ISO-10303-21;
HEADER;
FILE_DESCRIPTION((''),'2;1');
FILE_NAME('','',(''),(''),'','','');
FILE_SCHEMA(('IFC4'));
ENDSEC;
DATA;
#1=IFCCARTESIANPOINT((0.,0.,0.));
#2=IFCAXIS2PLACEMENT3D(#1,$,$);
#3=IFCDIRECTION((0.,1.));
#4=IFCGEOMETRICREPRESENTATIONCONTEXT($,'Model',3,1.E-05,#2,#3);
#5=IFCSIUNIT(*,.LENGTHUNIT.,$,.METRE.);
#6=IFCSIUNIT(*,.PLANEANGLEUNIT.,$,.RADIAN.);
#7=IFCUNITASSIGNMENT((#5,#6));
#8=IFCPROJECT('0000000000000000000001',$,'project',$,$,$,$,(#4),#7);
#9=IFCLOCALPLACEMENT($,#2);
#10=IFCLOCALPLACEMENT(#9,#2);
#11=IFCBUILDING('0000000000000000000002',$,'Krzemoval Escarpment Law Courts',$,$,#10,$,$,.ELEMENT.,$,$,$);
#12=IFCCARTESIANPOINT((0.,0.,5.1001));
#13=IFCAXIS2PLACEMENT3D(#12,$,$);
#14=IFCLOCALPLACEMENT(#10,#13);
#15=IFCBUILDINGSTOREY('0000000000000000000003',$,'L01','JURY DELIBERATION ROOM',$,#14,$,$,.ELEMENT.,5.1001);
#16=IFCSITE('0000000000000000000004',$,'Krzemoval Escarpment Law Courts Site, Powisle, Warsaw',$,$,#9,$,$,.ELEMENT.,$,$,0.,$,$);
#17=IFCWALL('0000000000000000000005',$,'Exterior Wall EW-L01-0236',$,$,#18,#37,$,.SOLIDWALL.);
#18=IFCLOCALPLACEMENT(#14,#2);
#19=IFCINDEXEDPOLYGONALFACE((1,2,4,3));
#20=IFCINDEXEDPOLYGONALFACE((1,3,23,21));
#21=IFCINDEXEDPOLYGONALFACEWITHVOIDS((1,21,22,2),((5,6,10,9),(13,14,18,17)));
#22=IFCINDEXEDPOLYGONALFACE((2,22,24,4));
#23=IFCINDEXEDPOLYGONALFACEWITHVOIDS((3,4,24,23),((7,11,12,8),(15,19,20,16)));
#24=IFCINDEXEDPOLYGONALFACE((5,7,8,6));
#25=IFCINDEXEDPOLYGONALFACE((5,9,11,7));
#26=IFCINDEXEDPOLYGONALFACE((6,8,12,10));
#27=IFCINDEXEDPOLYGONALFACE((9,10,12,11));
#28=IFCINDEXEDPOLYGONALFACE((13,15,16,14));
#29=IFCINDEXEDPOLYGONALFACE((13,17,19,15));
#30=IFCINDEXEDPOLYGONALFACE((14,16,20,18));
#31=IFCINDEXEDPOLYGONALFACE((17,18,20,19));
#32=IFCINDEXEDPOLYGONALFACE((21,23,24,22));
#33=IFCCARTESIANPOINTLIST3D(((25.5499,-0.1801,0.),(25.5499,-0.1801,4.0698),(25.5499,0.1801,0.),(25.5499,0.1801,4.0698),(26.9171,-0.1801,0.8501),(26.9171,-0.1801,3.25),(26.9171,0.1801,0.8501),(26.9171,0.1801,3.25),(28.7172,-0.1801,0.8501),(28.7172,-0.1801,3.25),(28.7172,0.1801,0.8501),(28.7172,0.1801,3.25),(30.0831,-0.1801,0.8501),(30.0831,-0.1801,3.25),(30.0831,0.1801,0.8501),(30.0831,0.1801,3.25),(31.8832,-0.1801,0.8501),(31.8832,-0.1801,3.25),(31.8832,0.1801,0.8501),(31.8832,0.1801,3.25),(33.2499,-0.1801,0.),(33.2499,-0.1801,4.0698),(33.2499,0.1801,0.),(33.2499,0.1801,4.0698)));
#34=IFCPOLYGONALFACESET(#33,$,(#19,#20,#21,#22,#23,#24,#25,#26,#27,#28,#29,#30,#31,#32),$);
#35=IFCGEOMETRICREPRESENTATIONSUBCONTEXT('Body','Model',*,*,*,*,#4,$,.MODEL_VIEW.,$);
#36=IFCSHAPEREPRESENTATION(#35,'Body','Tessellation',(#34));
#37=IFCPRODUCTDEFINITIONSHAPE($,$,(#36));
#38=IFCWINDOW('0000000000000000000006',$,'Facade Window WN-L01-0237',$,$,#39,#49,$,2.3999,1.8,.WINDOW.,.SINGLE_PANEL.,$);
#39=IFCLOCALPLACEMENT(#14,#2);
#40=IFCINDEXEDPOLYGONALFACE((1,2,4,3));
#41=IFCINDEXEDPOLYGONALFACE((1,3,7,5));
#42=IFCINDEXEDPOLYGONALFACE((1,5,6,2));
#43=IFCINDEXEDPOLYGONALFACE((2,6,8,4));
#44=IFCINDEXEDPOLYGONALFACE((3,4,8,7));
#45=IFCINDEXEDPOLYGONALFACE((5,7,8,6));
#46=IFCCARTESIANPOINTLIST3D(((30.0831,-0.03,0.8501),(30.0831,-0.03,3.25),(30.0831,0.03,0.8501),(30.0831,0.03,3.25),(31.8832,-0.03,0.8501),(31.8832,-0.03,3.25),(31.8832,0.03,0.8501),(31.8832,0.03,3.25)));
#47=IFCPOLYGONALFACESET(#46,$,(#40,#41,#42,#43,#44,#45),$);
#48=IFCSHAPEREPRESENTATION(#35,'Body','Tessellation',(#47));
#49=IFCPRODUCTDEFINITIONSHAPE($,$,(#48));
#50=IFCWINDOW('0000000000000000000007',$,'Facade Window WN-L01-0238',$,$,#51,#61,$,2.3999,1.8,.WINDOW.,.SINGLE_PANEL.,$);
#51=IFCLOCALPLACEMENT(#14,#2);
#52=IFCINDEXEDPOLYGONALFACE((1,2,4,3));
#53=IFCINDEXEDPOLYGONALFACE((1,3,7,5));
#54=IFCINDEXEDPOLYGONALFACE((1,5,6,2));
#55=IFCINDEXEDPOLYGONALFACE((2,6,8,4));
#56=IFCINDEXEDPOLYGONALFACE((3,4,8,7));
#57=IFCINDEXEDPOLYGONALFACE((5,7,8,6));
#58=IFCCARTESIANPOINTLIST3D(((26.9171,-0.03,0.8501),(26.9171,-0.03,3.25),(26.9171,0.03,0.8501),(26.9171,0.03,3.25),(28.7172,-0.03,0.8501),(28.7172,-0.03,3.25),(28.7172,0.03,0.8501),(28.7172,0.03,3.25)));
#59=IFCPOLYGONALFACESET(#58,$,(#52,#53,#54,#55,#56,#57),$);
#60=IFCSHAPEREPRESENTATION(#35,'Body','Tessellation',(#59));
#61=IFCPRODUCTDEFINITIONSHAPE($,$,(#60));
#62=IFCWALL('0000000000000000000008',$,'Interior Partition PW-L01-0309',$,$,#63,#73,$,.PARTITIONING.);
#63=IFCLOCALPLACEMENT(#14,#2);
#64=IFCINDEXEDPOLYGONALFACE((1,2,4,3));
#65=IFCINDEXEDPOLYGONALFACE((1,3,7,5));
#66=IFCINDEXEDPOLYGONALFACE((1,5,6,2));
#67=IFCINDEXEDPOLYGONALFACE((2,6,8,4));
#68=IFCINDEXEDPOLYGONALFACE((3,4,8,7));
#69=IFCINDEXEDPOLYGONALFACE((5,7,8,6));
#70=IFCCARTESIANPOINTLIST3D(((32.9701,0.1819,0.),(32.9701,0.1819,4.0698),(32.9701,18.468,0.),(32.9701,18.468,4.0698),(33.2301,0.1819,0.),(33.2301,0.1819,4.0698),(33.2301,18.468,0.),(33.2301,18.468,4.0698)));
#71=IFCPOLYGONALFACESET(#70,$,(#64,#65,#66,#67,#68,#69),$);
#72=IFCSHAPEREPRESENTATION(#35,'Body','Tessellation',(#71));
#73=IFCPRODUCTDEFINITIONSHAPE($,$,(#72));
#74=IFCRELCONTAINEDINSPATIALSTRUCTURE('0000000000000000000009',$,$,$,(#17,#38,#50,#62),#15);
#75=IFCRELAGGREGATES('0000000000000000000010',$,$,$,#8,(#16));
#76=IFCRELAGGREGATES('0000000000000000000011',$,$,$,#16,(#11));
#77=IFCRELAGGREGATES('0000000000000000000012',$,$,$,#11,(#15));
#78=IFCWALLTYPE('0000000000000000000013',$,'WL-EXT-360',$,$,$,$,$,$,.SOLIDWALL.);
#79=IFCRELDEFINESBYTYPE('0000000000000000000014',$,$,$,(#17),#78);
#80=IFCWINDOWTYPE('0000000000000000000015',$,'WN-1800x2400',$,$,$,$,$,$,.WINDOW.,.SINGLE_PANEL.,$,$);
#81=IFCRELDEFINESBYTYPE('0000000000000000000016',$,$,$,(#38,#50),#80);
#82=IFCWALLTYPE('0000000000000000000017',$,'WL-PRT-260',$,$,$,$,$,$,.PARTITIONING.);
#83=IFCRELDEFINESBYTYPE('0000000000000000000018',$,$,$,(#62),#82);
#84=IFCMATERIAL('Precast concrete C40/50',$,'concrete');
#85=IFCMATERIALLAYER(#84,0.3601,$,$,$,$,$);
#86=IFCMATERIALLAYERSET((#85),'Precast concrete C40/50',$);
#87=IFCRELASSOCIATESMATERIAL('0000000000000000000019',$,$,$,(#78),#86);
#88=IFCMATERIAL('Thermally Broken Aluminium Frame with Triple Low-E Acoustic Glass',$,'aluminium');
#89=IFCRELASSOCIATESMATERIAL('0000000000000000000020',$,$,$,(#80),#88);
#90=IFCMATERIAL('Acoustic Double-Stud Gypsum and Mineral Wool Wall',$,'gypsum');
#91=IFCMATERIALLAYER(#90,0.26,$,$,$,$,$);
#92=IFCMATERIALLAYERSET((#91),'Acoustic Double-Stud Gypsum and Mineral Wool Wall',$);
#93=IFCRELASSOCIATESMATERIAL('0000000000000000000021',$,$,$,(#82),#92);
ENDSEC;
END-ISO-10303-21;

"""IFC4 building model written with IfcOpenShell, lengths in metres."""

from ifc_helpers import new_model, si_unit, direction, frame, frame_2d, origin, place, context, subcontext, project, spatial, rectangle, extrude, material, layer, layer_set, type_object, element, fill, save


model = new_model("IFC4")

# Units and contexts
model_context = context("Model", 3, precision=1e-05, world=origin(), true_north=direction((0.0, 1.0)))
body_context = subcontext(model_context, "Body", "Model", "MODEL_VIEW")
ifc_project = project(units=[si_unit("LENGTHUNIT", "METRE"), si_unit("PLANEANGLEUNIT", "RADIAN")], contexts=[model_context])

# Site, building, storey
site_placement = place(None, origin())
site = spatial("IfcSite", under=ifc_project, at=site_placement, Name="Krzemoval Escarpment Law Courts Site, Powisle, Warsaw", CompositionType="ELEMENT", RefElevation=0.0)
building_placement = place(site_placement, origin())
building = spatial("IfcBuilding", under=site, at=building_placement, Name="Krzemoval Escarpment Law Courts", CompositionType="ELEMENT")
storey_placement = place(building_placement, frame((0.0, 0.0, 5.1001)))
storey = spatial("IfcBuildingStorey", under=building, at=storey_placement, Name="L01", Description="JURY DELIBERATION ROOM", CompositionType="ELEMENT", Elevation=5.1001)

# Shared definitions
ifc_material_1 = material(Name="Precast concrete C40/50", Category="concrete")
ifc_layer_1 = layer(ifc_material_1, 0.3601)
ifc_layer_set_1 = layer_set([ifc_layer_1], Name="Precast concrete C40/50")
wall_type_1 = type_object("IfcWallType", Name="WL-EXT-360", PredefinedType="SOLIDWALL", material=ifc_layer_set_1)

# Wall, openings, windows
wall_1_placement = place(storey_placement, frame((33.25, 0.0, 0.0), z_axis=(0.0, 0.0, 1.0), x_axis=(-1.0, 0.0, 0.0)))
wall_1 = element("IfcWall", 1, at=wall_1_placement, inside=storey, type_object=wall_type_1, Name="Exterior Wall EW-L01-0236", PredefinedType="SOLIDWALL", context=body_context, shape_type="SweptSolid", body=[
    extrude(rectangle(XDim=7.7, YDim=0.3601, at=frame_2d((3.8501, 0.0))), origin(), (0.0, 0.0, 1.0), 4.0698),
])
opening_1_placement = place(wall_1_placement, frame((1.3669, 0.0, 0.8501)))
opening_1 = element("IfcOpeningElement", 2, at=opening_1_placement, cuts=wall_1, PredefinedType="OPENING", context=body_context, shape_type="SweptSolid", body=[
    extrude(rectangle(XDim=1.8, YDim=2.3999, at=frame_2d((0.8999, 1.2))), frame((0.0, 0.1951, 0.0), z_axis=(0.0, -1.0, 0.0), x_axis=(1.0, 0.0, 0.0)), (0.0, 0.0, 1.0), 0.3901),
])
opening_2_placement = place(wall_1_placement, frame((4.533, 0.0, 0.8501)))
opening_2 = element("IfcOpeningElement", 3, at=opening_2_placement, cuts=wall_1, PredefinedType="OPENING", context=body_context, shape_type="SweptSolid", body=[
    extrude(rectangle(XDim=1.8, YDim=2.3999, at=frame_2d((0.8999, 1.2))), frame((0.0, 0.1951, 0.0), z_axis=(0.0, -1.0, 0.0), x_axis=(1.0, 0.0, 0.0)), (0.0, 0.0, 1.0), 0.3901),
])
ifc_material_2 = material(Name="Thermally Broken Aluminium Frame with Triple Low-E Acoustic Glass", Category="aluminium")
window_type_1 = type_object("IfcWindowType", Name="WN-1800x2400", PartitioningType="SINGLE_PANEL", PredefinedType="WINDOW", material=ifc_material_2)
window_1_placement = place(opening_1_placement, origin())
window_1 = element("IfcWindow", 4, at=window_1_placement, inside=storey, type_object=window_type_1, Name="Facade Window WN-L01-0237", OverallHeight=2.3999, OverallWidth=1.8, PartitioningType="SINGLE_PANEL", PredefinedType="WINDOW", context=body_context, shape_type="SweptSolid", body=[
    extrude(rectangle(XDim=1.8, YDim=2.3999, at=frame_2d((0.8999, 1.2))), frame((0.0, 0.03, 0.0), z_axis=(0.0, -1.0, 0.0), x_axis=(1.0, 0.0, 0.0)), (0.0, 0.0, 1.0), 0.0601),
])
fill(opening_1, window_1)
window_2_placement = place(opening_2_placement, origin())
window_2 = element("IfcWindow", 5, at=window_2_placement, inside=storey, type_object=window_type_1, Name="Facade Window WN-L01-0238", OverallHeight=2.3999, OverallWidth=1.8, PartitioningType="SINGLE_PANEL", PredefinedType="WINDOW", context=body_context, shape_type="SweptSolid", body=[
    extrude(rectangle(XDim=1.8, YDim=2.3999, at=frame_2d((0.8999, 1.2))), frame((0.0, 0.03, 0.0), z_axis=(0.0, -1.0, 0.0), x_axis=(1.0, 0.0, 0.0)), (0.0, 0.0, 1.0), 0.0601),
])
fill(opening_2, window_2)

# Wall
ifc_material_3 = material(Name="Acoustic Double-Stud Gypsum and Mineral Wool Wall", Category="gypsum")
ifc_layer_2 = layer(ifc_material_3, 0.26)
ifc_layer_set_2 = layer_set([ifc_layer_2], Name="Acoustic Double-Stud Gypsum and Mineral Wool Wall")
wall_type_2 = type_object("IfcWallType", Name="WL-PRT-260", PredefinedType="PARTITIONING", material=ifc_layer_set_2)
wall_2_placement = place(storey_placement, frame((33.1001, 0.1819, 0.0), z_axis=(0.0, 0.0, 1.0), x_axis=(0.0, 1.0, 0.0)))
element("IfcWall", 6, at=wall_2_placement, inside=storey, type_object=wall_type_2, Name="Interior Partition PW-L01-0309", PredefinedType="PARTITIONING", context=body_context, shape_type="SweptSolid", body=[
    extrude(rectangle(XDim=18.2861, YDim=0.26, at=frame_2d((9.1431, 0.0))), origin(), (0.0, 0.0, 1.0), 4.0698),
])

save(model, "model.ifc")
